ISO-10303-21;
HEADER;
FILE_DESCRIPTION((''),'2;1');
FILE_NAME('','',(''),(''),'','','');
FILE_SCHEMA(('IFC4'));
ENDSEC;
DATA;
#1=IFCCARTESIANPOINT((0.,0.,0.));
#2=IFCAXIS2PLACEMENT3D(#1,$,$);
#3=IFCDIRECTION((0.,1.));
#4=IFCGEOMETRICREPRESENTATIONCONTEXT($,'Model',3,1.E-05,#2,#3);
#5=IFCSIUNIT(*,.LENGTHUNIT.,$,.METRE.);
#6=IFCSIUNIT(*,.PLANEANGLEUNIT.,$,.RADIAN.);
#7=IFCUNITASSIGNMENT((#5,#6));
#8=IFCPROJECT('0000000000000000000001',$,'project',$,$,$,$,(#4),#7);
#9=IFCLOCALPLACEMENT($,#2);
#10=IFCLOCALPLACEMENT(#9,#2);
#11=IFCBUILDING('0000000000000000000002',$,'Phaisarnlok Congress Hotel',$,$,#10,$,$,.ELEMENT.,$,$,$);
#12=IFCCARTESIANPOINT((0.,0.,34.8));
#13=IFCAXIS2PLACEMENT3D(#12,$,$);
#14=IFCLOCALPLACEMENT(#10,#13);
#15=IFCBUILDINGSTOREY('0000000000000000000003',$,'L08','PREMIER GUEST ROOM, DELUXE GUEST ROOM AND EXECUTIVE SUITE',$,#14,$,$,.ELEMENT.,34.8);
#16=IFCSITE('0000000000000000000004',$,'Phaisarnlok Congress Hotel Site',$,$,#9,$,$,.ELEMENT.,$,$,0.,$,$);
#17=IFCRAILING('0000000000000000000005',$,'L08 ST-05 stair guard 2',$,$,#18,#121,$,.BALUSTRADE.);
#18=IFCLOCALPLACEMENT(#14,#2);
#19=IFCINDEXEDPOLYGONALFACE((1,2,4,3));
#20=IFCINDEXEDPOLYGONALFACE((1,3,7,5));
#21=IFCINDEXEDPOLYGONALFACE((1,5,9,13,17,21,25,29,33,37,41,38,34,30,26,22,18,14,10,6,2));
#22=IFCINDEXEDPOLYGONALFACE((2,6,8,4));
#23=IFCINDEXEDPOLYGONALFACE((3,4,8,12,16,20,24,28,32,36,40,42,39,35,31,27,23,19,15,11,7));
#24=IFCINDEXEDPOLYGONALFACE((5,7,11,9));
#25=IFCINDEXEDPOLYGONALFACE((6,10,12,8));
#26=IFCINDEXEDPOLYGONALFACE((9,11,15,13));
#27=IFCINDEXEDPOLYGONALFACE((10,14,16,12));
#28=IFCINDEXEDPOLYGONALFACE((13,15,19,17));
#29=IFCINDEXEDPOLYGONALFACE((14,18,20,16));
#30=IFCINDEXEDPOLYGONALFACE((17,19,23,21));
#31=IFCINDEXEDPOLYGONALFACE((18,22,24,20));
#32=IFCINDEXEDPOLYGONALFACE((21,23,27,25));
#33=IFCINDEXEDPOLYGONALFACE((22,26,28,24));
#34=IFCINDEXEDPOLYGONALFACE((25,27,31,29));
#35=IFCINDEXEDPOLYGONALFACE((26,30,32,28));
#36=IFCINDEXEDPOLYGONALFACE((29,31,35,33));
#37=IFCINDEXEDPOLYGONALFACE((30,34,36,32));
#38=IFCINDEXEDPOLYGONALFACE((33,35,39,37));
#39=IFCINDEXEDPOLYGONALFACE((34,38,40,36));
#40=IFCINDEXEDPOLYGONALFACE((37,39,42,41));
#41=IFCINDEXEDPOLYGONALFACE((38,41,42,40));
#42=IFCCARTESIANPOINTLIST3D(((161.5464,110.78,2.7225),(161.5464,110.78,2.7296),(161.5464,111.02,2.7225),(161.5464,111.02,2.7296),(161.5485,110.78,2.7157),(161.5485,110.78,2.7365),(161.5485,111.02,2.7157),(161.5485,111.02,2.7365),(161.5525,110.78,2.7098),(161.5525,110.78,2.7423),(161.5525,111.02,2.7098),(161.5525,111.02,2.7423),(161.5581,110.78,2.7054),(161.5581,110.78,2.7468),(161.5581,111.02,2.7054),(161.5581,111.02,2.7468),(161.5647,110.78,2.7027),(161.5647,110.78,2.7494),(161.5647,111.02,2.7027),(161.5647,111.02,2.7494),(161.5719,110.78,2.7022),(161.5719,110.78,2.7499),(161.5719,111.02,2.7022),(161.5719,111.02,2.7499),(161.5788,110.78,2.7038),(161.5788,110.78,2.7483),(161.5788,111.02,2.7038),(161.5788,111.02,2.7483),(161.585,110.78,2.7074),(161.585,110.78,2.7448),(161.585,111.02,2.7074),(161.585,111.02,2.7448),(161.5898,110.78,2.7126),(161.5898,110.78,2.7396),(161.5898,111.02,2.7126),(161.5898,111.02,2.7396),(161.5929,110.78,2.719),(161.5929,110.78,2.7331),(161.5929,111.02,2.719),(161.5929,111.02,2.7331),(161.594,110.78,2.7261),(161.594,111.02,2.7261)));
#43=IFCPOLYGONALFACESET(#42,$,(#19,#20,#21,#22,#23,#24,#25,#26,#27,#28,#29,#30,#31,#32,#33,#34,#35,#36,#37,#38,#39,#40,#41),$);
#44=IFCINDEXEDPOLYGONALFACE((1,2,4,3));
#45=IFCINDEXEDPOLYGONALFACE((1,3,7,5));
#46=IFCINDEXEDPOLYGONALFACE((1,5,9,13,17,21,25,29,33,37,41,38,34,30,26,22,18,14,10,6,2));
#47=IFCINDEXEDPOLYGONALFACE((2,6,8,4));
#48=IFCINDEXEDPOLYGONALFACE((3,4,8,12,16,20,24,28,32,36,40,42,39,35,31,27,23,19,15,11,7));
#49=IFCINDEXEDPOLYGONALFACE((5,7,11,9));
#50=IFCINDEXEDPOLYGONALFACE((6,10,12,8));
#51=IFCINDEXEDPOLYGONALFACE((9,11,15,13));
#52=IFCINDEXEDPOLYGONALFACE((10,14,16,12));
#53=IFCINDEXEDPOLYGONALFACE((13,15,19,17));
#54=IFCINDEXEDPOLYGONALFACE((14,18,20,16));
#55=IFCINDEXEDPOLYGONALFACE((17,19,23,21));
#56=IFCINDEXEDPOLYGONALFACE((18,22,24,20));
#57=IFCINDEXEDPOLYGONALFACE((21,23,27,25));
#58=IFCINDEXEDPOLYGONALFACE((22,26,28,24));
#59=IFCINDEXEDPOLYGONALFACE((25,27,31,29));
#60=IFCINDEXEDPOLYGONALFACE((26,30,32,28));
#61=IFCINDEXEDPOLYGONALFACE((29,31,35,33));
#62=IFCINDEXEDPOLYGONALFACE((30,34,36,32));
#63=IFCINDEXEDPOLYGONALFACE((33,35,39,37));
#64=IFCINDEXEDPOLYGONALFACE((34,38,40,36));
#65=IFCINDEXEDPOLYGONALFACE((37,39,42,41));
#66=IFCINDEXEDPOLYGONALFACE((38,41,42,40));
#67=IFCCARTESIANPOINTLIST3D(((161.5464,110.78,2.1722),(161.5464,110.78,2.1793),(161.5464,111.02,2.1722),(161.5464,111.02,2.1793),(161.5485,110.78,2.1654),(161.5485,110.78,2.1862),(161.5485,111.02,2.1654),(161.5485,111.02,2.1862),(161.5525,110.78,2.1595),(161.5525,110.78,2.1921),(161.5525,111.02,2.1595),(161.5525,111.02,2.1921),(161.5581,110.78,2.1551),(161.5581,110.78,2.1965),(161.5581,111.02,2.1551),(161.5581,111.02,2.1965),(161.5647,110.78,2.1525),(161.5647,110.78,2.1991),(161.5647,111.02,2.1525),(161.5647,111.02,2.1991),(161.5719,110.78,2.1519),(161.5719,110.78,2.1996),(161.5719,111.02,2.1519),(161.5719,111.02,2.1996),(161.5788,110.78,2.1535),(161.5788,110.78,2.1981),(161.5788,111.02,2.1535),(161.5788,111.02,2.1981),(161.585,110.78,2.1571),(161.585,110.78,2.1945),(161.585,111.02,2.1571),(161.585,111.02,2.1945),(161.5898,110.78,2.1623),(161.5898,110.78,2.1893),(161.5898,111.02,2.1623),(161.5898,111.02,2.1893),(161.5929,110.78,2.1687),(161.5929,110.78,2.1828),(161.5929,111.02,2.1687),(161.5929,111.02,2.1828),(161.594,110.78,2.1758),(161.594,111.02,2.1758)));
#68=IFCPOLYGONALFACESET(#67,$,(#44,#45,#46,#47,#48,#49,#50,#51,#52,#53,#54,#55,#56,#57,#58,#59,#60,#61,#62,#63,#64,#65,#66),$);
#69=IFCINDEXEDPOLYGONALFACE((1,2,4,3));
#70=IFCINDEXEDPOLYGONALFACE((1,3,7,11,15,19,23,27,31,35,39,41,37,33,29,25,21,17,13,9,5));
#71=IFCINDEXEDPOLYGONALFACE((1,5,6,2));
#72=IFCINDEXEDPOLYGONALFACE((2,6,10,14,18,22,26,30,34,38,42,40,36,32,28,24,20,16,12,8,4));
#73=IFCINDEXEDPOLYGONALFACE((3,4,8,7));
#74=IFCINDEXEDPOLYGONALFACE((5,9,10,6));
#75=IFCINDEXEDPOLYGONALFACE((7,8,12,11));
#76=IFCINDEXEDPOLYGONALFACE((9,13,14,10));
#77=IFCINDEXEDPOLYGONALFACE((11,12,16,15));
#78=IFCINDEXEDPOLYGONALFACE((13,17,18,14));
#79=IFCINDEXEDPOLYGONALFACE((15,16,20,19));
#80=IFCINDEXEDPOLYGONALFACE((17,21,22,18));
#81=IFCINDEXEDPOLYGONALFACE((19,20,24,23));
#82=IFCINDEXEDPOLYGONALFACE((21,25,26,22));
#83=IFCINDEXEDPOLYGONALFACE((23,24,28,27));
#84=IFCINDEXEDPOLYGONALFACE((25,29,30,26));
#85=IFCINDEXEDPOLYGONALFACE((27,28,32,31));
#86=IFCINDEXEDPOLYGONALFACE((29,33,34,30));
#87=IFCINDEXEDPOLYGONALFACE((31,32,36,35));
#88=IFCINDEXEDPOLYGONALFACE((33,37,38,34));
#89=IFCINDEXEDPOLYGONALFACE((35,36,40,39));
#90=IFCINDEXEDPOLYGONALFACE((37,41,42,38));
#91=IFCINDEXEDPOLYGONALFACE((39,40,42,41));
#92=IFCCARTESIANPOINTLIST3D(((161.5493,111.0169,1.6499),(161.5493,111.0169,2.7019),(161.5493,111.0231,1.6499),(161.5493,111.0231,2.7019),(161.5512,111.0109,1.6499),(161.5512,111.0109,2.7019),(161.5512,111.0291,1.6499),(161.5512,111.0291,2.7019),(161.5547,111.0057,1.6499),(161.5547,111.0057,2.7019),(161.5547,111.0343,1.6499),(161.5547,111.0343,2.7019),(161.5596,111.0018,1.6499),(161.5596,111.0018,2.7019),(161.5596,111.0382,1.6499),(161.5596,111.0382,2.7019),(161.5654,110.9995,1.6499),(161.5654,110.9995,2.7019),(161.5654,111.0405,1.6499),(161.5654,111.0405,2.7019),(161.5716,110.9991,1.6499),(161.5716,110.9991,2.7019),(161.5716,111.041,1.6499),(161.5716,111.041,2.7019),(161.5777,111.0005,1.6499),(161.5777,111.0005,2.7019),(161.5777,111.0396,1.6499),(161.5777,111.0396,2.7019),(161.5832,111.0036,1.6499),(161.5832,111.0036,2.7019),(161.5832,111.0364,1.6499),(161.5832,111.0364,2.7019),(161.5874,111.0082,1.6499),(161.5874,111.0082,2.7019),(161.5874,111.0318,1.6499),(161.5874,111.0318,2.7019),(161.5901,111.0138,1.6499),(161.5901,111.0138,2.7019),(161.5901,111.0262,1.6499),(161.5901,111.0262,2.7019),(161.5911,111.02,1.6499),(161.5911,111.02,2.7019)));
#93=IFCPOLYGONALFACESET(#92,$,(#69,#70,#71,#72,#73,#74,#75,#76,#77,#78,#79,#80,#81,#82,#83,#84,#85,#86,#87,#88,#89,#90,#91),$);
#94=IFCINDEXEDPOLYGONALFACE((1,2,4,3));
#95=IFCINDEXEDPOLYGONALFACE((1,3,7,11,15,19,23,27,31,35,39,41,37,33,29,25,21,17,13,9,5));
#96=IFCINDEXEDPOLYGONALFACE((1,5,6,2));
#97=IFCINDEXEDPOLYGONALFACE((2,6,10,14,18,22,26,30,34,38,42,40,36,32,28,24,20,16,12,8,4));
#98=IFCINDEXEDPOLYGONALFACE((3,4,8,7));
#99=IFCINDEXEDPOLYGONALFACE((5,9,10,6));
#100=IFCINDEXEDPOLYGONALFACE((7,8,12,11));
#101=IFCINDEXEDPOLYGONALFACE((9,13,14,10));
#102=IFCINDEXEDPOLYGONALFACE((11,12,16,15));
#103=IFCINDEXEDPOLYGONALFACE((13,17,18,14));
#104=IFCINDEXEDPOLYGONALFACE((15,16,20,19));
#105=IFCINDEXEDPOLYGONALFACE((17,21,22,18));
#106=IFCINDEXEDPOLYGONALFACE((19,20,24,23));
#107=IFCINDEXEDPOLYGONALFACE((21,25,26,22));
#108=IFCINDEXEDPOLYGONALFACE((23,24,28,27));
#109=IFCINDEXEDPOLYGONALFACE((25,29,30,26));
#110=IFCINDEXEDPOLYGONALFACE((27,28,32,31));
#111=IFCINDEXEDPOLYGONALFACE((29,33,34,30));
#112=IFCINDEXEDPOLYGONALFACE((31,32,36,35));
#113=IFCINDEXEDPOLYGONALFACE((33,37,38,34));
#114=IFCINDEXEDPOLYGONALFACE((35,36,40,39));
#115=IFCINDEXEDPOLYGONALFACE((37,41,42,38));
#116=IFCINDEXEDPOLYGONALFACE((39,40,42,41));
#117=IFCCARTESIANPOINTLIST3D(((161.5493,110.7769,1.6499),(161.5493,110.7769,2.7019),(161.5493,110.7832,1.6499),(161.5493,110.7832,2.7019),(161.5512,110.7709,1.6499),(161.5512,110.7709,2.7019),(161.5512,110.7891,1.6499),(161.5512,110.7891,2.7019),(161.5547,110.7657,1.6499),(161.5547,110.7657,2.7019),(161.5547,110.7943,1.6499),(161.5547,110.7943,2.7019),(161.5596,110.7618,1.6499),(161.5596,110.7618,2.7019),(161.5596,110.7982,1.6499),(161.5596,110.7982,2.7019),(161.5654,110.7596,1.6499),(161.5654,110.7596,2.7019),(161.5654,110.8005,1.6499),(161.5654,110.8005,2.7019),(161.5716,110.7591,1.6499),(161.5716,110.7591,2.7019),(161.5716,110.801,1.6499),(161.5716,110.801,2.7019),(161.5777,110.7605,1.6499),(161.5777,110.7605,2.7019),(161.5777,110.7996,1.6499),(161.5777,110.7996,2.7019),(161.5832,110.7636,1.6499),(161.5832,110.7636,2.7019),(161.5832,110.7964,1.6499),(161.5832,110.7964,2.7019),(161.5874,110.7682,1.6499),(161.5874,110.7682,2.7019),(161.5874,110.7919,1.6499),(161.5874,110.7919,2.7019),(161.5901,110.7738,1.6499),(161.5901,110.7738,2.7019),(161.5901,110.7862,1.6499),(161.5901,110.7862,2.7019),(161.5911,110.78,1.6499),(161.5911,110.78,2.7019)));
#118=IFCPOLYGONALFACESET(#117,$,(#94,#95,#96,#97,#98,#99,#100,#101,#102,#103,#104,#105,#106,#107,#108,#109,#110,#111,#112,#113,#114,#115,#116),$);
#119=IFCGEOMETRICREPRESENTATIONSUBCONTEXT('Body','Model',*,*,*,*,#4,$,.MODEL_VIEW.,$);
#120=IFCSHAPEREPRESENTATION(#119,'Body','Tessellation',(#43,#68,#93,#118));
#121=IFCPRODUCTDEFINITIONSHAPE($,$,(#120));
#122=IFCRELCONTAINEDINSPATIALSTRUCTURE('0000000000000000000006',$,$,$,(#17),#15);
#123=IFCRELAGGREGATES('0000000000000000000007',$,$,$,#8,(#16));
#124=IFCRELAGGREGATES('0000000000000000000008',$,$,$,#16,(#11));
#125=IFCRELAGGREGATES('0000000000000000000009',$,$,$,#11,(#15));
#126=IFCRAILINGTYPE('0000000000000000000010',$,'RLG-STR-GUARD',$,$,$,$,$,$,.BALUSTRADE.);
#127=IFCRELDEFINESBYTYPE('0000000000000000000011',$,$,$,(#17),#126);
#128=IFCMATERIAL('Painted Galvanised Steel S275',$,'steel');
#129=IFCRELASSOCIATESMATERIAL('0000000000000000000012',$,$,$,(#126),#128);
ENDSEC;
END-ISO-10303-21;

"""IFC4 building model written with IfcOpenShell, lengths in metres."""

from ifc_helpers import new_model, si_unit, direction, frame, origin, origin_2d, place, context, subcontext, project, spatial, circle, extrude, material, type_object, element, save


model = new_model("IFC4")

# Units and contexts
model_context = context("Model", 3, precision=1e-05, world=origin(), true_north=direction((0.0, 1.0)))
body_context = subcontext(model_context, "Body", "Model", "MODEL_VIEW")
ifc_project = project(units=[si_unit("LENGTHUNIT", "METRE"), si_unit("PLANEANGLEUNIT", "RADIAN")], contexts=[model_context])

# Site, building, storey
site_placement = place(None, origin())
site = spatial("IfcSite", under=ifc_project, at=site_placement, Name="Phaisarnlok Congress Hotel Site", CompositionType="ELEMENT", RefElevation=0.0)
building_placement = place(site_placement, origin())
building = spatial("IfcBuilding", under=site, at=building_placement, Name="Phaisarnlok Congress Hotel", CompositionType="ELEMENT")
storey_placement = place(building_placement, frame((0.0, 0.0, 34.8)))
storey = spatial("IfcBuildingStorey", under=building, at=storey_placement, Name="L08", Description="PREMIER GUEST ROOM, DELUXE GUEST ROOM AND EXECUTIVE SUITE", CompositionType="ELEMENT", Elevation=34.8)

# Railing
ifc_material_1 = material(Name="Painted Galvanised Steel S275", Category="steel")
railing_type_1 = type_object("IfcRailingType", Name="RLG-STR-GUARD", PredefinedType="BALUSTRADE", material=ifc_material_1)
railing_1_placement = place(storey_placement, frame((161.5701, 111.02, 1.6499)))
element("IfcRailing", 1, at=railing_1_placement, inside=storey, type_object=railing_type_1, Name="L08 ST-05 stair guard 2", PredefinedType="BALUSTRADE", context=body_context, shape_type="SweptSolid", body=[
    extrude(circle(Radius=0.0239, at=origin_2d()), frame((0.0, 0.0, 1.0762), z_axis=(0.0, -1.0, 0.0), x_axis=(1.0, 0.0, 0.0)), (0.0, 0.0, 1.0), 0.24),
    extrude(circle(Radius=0.0239, at=origin_2d()), frame((0.0, 0.0, 0.5259), z_axis=(0.0, -1.0, 0.0), x_axis=(1.0, 0.0, 0.0)), (0.0, 0.0, 1.0), 0.24),
    extrude(circle(Radius=0.021, at=origin_2d()), origin(), (0.0, 0.0, 1.0), 1.052),
    extrude(circle(Radius=0.021, at=origin_2d()), frame((0.0, -0.24, 0.0)), (0.0, 0.0, 1.0), 1.052),
])

save(model, "model.ifc")
